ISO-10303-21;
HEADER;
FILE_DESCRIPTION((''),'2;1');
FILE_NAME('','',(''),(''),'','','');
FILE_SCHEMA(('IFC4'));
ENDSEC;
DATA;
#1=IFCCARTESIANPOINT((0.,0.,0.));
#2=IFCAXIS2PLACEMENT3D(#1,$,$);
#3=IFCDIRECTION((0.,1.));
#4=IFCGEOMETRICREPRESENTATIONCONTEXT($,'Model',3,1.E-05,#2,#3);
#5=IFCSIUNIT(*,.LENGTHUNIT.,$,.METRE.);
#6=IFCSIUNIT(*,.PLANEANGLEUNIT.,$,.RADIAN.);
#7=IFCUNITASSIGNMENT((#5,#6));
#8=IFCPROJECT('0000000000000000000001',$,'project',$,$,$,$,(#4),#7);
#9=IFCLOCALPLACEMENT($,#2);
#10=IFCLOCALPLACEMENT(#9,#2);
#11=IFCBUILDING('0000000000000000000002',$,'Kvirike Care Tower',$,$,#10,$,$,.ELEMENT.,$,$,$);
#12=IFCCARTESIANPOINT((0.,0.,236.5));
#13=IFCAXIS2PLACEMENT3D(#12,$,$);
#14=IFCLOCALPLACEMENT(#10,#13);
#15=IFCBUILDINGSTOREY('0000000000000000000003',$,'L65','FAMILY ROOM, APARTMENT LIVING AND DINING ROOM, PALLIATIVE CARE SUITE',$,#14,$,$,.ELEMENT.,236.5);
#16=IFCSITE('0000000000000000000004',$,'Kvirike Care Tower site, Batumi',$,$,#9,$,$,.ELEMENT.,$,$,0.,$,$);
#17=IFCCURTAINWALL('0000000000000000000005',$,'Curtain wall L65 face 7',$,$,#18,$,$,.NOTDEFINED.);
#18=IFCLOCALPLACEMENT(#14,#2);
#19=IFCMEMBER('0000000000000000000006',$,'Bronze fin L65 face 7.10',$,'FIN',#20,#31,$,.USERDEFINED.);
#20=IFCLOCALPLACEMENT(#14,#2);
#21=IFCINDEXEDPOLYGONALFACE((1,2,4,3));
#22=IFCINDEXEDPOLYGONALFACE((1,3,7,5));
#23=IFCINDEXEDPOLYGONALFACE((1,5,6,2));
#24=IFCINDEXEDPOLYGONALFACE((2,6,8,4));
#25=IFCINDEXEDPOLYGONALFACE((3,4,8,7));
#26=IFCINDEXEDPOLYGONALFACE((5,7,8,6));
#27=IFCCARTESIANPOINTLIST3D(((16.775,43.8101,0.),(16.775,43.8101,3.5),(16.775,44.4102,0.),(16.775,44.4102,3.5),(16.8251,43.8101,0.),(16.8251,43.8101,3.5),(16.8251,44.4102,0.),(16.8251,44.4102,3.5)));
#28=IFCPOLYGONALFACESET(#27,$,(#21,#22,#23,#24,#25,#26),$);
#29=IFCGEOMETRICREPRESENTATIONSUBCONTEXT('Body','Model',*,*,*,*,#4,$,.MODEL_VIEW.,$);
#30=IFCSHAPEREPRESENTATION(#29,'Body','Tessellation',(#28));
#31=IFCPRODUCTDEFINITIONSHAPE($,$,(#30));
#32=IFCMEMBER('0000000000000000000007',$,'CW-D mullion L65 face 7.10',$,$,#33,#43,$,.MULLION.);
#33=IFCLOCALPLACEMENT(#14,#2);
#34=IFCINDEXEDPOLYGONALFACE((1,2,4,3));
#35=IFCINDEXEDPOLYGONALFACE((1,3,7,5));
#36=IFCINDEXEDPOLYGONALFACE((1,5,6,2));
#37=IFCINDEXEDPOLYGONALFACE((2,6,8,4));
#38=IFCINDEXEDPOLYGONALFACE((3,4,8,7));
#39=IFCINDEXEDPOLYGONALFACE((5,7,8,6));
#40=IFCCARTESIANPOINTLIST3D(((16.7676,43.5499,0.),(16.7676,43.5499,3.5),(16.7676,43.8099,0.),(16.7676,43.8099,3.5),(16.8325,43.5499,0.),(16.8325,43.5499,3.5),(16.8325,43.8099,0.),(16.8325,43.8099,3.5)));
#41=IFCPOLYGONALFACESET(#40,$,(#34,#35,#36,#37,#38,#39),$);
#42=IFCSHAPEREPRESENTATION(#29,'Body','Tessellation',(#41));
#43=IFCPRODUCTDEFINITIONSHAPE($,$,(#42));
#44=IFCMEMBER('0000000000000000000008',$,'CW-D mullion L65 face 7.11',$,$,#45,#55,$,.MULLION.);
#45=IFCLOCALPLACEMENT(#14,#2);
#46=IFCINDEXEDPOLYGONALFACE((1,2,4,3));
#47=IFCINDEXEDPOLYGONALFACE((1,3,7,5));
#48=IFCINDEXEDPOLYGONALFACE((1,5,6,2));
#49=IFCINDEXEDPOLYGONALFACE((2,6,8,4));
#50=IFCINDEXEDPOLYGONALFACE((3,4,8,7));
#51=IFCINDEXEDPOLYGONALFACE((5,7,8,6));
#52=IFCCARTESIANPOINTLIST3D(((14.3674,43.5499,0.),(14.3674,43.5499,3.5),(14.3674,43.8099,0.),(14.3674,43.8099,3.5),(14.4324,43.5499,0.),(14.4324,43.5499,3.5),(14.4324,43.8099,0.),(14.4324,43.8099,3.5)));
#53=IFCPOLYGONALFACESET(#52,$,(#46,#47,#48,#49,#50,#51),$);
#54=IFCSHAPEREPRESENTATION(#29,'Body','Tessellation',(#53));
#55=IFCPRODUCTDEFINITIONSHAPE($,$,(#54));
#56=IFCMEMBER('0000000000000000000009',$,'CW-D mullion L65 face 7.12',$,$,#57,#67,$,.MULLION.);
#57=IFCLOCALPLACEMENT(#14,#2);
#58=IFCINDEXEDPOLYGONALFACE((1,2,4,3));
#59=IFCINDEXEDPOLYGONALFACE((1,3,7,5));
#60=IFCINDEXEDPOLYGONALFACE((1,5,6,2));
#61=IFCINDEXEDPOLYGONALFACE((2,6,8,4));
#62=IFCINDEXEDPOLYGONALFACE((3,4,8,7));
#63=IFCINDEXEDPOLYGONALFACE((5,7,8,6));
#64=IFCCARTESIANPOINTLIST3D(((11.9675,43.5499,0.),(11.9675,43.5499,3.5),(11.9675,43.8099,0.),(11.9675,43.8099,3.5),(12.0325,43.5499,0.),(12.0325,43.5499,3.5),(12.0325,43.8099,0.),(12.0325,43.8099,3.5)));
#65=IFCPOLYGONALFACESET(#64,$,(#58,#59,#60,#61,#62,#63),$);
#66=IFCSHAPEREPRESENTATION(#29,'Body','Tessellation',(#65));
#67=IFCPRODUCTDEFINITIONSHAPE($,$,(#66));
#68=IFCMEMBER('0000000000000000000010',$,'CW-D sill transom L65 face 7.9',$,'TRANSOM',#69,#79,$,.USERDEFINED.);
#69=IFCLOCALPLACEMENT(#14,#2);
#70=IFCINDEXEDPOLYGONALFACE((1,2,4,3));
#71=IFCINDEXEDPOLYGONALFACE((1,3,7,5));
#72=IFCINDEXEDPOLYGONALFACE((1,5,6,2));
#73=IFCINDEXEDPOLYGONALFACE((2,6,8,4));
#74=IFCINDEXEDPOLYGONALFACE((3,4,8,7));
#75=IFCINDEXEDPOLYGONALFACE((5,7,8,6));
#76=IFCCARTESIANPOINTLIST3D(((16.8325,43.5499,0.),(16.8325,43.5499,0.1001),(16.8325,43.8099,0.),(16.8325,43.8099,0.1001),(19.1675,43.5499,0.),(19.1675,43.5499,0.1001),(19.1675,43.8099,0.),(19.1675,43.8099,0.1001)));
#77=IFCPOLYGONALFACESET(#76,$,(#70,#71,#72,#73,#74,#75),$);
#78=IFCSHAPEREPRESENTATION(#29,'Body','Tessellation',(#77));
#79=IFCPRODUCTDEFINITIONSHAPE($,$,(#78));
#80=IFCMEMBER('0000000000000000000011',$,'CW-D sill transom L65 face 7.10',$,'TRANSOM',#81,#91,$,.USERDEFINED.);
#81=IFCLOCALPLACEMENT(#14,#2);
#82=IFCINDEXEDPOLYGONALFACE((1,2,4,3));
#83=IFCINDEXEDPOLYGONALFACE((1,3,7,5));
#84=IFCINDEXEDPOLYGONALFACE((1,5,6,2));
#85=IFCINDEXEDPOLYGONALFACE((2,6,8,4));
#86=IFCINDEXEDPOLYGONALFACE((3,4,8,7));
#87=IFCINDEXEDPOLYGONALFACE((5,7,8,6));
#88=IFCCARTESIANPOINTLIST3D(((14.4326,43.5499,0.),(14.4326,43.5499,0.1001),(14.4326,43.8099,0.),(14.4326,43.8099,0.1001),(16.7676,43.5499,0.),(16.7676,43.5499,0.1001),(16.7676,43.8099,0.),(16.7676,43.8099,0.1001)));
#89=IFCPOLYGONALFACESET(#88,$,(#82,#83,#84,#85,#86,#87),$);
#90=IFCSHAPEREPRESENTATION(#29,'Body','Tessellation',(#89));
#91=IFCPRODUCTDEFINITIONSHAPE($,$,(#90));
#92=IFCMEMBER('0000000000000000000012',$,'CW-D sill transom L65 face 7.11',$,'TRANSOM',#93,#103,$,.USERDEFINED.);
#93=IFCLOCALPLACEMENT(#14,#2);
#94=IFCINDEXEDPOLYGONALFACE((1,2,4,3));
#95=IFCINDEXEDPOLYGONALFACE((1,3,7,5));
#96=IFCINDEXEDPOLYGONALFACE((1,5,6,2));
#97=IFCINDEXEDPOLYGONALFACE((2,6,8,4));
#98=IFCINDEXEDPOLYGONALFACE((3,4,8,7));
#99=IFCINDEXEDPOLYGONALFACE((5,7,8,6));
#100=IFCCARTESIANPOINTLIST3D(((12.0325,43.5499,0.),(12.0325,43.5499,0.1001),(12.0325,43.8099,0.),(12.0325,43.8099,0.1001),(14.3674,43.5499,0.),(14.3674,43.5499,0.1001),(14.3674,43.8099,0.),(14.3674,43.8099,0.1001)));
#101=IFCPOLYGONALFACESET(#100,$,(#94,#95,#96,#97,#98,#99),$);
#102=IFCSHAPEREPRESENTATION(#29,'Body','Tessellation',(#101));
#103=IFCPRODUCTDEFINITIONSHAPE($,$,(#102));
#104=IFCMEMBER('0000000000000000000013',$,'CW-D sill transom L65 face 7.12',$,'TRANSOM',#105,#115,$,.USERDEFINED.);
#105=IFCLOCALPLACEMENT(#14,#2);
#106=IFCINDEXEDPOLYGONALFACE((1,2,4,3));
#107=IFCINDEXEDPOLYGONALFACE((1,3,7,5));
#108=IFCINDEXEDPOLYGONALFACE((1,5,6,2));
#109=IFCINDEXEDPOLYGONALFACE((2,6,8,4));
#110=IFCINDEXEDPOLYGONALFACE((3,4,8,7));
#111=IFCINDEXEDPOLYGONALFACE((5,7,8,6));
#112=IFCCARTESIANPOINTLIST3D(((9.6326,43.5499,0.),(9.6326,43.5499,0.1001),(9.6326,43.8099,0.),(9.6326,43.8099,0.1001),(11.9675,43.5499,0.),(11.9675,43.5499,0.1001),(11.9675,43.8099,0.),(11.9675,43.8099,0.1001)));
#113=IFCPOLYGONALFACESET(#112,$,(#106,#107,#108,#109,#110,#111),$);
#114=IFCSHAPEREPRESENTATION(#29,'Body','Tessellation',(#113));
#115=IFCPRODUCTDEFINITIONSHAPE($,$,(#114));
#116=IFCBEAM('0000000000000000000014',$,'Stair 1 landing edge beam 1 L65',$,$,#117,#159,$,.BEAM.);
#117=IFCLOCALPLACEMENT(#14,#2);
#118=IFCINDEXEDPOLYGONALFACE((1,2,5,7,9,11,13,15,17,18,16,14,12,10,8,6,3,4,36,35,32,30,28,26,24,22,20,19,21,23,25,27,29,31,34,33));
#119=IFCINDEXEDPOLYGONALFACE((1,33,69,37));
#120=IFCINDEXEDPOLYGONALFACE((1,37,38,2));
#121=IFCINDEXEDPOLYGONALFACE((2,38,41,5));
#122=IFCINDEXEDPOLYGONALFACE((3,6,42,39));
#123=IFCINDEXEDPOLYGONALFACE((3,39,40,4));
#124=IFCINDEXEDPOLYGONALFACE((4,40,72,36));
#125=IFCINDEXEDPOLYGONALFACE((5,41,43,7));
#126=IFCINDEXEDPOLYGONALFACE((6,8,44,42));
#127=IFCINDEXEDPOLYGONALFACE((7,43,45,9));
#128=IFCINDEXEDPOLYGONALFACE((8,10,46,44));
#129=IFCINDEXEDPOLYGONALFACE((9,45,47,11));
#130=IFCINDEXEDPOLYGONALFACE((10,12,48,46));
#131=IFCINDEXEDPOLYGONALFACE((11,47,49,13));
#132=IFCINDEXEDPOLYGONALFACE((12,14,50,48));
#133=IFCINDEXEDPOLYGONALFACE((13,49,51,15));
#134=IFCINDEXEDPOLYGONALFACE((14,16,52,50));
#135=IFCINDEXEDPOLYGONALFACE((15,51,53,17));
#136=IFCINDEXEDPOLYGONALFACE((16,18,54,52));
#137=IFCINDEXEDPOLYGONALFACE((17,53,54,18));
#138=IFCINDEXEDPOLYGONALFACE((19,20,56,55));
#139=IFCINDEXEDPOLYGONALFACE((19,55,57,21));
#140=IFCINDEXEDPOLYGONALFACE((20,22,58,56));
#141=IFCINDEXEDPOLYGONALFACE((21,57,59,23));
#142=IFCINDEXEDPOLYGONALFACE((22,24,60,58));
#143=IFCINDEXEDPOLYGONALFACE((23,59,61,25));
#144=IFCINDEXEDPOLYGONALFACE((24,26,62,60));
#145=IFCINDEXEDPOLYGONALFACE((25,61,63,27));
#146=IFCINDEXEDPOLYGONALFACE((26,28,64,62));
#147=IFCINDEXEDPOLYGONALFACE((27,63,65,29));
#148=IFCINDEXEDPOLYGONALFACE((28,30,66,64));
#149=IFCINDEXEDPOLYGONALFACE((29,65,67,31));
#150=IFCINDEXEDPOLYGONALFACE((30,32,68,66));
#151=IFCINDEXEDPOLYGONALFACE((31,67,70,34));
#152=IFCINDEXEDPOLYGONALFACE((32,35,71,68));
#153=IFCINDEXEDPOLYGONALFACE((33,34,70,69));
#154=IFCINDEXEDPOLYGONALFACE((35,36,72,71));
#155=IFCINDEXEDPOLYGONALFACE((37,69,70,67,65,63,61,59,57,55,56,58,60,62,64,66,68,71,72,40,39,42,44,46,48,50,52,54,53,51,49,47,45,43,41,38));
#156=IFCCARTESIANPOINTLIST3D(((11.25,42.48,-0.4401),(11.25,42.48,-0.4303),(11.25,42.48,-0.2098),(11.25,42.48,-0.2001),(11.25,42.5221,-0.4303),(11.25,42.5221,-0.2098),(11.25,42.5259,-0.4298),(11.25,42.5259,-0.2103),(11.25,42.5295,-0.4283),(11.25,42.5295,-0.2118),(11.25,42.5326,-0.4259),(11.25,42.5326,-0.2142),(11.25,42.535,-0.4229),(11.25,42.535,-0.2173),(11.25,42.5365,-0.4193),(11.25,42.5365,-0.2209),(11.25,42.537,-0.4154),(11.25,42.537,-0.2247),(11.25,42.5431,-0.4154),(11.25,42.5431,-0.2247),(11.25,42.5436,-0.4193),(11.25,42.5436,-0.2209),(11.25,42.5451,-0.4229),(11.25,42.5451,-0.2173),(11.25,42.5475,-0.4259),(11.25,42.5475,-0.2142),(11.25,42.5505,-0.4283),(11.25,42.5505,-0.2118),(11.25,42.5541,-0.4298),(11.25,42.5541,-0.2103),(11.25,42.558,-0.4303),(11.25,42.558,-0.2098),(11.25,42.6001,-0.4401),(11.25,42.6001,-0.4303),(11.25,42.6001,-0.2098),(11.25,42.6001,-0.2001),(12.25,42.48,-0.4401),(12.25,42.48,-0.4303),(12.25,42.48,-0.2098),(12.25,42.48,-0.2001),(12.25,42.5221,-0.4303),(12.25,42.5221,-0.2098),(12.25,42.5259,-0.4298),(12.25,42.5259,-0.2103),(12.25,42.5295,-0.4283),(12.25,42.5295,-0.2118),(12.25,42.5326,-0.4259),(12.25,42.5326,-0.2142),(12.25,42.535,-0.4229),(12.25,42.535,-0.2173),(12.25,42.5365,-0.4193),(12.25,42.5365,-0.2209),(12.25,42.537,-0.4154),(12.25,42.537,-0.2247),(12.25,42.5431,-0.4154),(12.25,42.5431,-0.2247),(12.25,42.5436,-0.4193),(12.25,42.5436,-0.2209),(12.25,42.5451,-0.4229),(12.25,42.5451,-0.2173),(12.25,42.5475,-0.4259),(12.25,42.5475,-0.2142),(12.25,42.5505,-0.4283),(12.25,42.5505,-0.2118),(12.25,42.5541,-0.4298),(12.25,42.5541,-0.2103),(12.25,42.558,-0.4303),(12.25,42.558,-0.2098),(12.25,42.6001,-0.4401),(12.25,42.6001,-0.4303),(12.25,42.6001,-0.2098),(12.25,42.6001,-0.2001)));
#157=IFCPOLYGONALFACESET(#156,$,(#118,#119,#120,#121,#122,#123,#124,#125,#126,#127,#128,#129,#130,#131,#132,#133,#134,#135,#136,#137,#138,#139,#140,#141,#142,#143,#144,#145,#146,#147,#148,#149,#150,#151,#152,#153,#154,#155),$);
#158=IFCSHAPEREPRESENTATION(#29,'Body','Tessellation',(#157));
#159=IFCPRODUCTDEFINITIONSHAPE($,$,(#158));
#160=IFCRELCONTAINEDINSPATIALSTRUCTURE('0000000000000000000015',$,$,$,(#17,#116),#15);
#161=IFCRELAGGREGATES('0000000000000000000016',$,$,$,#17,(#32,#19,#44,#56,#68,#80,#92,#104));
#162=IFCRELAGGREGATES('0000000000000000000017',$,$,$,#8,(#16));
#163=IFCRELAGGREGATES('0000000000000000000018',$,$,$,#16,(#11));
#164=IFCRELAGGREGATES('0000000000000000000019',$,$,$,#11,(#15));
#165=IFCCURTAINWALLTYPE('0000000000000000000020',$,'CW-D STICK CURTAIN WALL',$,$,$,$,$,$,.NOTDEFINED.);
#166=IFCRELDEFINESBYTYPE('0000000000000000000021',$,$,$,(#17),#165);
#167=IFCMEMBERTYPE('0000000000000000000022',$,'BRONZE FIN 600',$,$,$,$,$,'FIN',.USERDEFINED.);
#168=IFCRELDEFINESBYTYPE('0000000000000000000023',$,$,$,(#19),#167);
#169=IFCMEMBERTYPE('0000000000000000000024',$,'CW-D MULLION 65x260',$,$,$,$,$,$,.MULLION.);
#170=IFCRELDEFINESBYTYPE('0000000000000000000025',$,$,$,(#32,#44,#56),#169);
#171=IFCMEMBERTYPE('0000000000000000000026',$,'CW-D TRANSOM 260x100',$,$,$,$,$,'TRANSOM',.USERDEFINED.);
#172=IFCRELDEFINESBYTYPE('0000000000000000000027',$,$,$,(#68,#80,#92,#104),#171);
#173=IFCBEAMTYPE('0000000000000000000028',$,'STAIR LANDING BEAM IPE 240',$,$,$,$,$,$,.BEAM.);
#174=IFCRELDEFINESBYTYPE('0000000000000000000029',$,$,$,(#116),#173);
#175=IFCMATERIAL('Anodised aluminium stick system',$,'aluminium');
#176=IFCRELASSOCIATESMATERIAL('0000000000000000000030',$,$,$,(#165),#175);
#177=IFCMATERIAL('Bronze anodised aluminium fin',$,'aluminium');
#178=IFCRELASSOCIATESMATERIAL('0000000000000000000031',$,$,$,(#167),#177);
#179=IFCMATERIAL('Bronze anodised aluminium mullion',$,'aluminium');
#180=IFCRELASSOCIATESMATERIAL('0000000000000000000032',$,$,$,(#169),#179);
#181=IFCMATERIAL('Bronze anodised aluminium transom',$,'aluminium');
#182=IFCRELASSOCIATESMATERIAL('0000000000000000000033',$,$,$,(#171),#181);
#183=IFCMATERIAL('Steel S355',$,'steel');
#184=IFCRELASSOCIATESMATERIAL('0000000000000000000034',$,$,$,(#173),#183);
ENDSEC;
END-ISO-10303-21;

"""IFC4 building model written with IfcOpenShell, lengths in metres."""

from ifc_helpers import new_model, si_unit, direction, frame, origin, origin_2d, place, context, subcontext, project, spatial, rectangle, i_section, extrude, material, material_profile, profile_set, type_object, element, aggregate, save


model = new_model("IFC4")

# Units and contexts
model_context = context("Model", 3, precision=1e-05, world=origin(), true_north=direction((0.0, 1.0)))
body_context = subcontext(model_context, "Body", "Model", "MODEL_VIEW")
ifc_project = project(units=[si_unit("LENGTHUNIT", "METRE"), si_unit("PLANEANGLEUNIT", "RADIAN")], contexts=[model_context])

# Site, building, storey
site_placement = place(None, origin())
site = spatial("IfcSite", under=ifc_project, at=site_placement, Name="Kvirike Care Tower site, Batumi", CompositionType="ELEMENT", RefElevation=0.0)
building_placement = place(site_placement, origin())
building = spatial("IfcBuilding", under=site, at=building_placement, Name="Kvirike Care Tower", CompositionType="ELEMENT")
storey_placement = place(building_placement, frame((0.0, 0.0, 236.5)))
storey = spatial("IfcBuildingStorey", under=building, at=storey_placement, Name="L65", Description="FAMILY ROOM, APARTMENT LIVING AND DINING ROOM, PALLIATIVE CARE SUITE", CompositionType="ELEMENT", Elevation=236.5)

# Curtain wall, members
ifc_material_1 = material(Name="Anodised aluminium stick system", Category="aluminium")
curtain_wall_type = type_object("IfcCurtainWallType", Name="CW-D STICK CURTAIN WALL", PredefinedType="NOTDEFINED", material=ifc_material_1)
curtain_wall_placement = place(storey_placement, origin())
curtain_wall = element("IfcCurtainWall", 1, at=curtain_wall_placement, inside=storey, type_object=curtain_wall_type, Name="Curtain wall L65 face 7", PredefinedType="NOTDEFINED")
ifc_material_2 = material(Name="Bronze anodised aluminium fin", Category="aluminium")
ifc_material_profile_1 = material_profile(ifc_material_2, rectangle(XDim=0.05, YDim=0.6001, at=origin_2d()), Name="BRONZE FIN 600")
ifc_profile_set_1 = profile_set([ifc_material_profile_1], Name="Bronze anodised aluminium fin")
member_type_1 = type_object("IfcMemberType", Name="BRONZE FIN 600", ElementType="FIN", PredefinedType="USERDEFINED", material=ifc_profile_set_1)
member_1_placement = place(storey_placement, frame((16.8, 44.1101, 0.0), z_axis=(0.0, 0.0, 1.0), x_axis=(-1.0, 0.0, 0.0)))
member_1 = element("IfcMember", 2, at=member_1_placement, type_object=member_type_1, Name="Bronze fin L65 face 7.10", ObjectType="FIN", PredefinedType="USERDEFINED", context=body_context, shape_type="SweptSolid", body=[
    extrude(rectangle(XDim=0.05, YDim=0.6001, at=origin_2d()), origin(), (0.0, 0.0, 1.0), 3.5),
])
ifc_material_3 = material(Name="Bronze anodised aluminium mullion", Category="aluminium")
ifc_material_profile_2 = material_profile(ifc_material_3, rectangle(XDim=0.0649, YDim=0.26, at=origin_2d()), Name="CW-D MULLION 65x260")
ifc_profile_set_2 = profile_set([ifc_material_profile_2], Name="Bronze anodised aluminium mullion")
member_type_2 = type_object("IfcMemberType", Name="CW-D MULLION 65x260", PredefinedType="MULLION", material=ifc_profile_set_2)
member_2_placement = place(storey_placement, frame((16.8, 43.6799, 0.0), z_axis=(0.0, 0.0, 1.0), x_axis=(-1.0, 0.0, 0.0)))
member_2 = element("IfcMember", 3, at=member_2_placement, type_object=member_type_2, Name="CW-D mullion L65 face 7.10", PredefinedType="MULLION", context=body_context, shape_type="SweptSolid", body=[
    extrude(rectangle(XDim=0.0649, YDim=0.26, at=origin_2d()), origin(), (0.0, 0.0, 1.0), 3.5),
])
member_3_placement = place(storey_placement, frame((14.3999, 43.6799, 0.0), z_axis=(0.0, 0.0, 1.0), x_axis=(-1.0, 0.0, 0.0)))
member_3 = element("IfcMember", 4, at=member_3_placement, type_object=member_type_2, Name="CW-D mullion L65 face 7.11", PredefinedType="MULLION", context=body_context, shape_type="SweptSolid", body=[
    extrude(rectangle(XDim=0.0649, YDim=0.26, at=origin_2d()), origin(), (0.0, 0.0, 1.0), 3.5),
])
member_4_placement = place(storey_placement, frame((12.0, 43.6799, 0.0), z_axis=(0.0, 0.0, 1.0), x_axis=(-1.0, 0.0, 0.0)))
member_4 = element("IfcMember", 5, at=member_4_placement, type_object=member_type_2, Name="CW-D mullion L65 face 7.12", PredefinedType="MULLION", context=body_context, shape_type="SweptSolid", body=[
    extrude(rectangle(XDim=0.0649, YDim=0.26, at=origin_2d()), origin(), (0.0, 0.0, 1.0), 3.5),
])
ifc_material_4 = material(Name="Bronze anodised aluminium transom", Category="aluminium")
ifc_material_profile_3 = material_profile(ifc_material_4, rectangle(XDim=0.26, YDim=0.1001, at=origin_2d()), Name="CW-D TRANSOM 260x100")
ifc_profile_set_3 = profile_set([ifc_material_profile_3], Name="Bronze anodised aluminium transom")
member_type_3 = type_object("IfcMemberType", Name="CW-D TRANSOM 260x100", ElementType="TRANSOM", PredefinedType="USERDEFINED", material=ifc_profile_set_3)
member_5_placement = place(storey_placement, frame((19.1675, 43.6799, 0.05), z_axis=(-1.0, 0.0, 0.0), x_axis=(0.0, -1.0, 0.0)))
member_5 = element("IfcMember", 6, at=member_5_placement, type_object=member_type_3, Name="CW-D sill transom L65 face 7.9", ObjectType="TRANSOM", PredefinedType="USERDEFINED", context=body_context, shape_type="SweptSolid", body=[
    extrude(rectangle(XDim=0.26, YDim=0.1001, at=origin_2d()), origin(), (0.0, 0.0, 1.0), 2.335),
])
member_6_placement = place(storey_placement, frame((16.7676, 43.6799, 0.05), z_axis=(-1.0, 0.0, 0.0), x_axis=(0.0, -1.0, 0.0)))
member_6 = element("IfcMember", 7, at=member_6_placement, type_object=member_type_3, Name="CW-D sill transom L65 face 7.10", ObjectType="TRANSOM", PredefinedType="USERDEFINED", context=body_context, shape_type="SweptSolid", body=[
    extrude(rectangle(XDim=0.26, YDim=0.1001, at=origin_2d()), origin(), (0.0, 0.0, 1.0), 2.335),
])
member_7_placement = place(storey_placement, frame((14.3674, 43.6799, 0.05), z_axis=(-1.0, 0.0, 0.0), x_axis=(0.0, -1.0, 0.0)))
member_7 = element("IfcMember", 8, at=member_7_placement, type_object=member_type_3, Name="CW-D sill transom L65 face 7.11", ObjectType="TRANSOM", PredefinedType="USERDEFINED", context=body_context, shape_type="SweptSolid", body=[
    extrude(rectangle(XDim=0.26, YDim=0.1001, at=origin_2d()), origin(), (0.0, 0.0, 1.0), 2.335),
])
member_8_placement = place(storey_placement, frame((11.9675, 43.6799, 0.05), z_axis=(-1.0, 0.0, 0.0), x_axis=(0.0, -1.0, 0.0)))
member_8 = element("IfcMember", 9, at=member_8_placement, type_object=member_type_3, Name="CW-D sill transom L65 face 7.12", ObjectType="TRANSOM", PredefinedType="USERDEFINED", context=body_context, shape_type="SweptSolid", body=[
    extrude(rectangle(XDim=0.26, YDim=0.1001, at=origin_2d()), origin(), (0.0, 0.0, 1.0), 2.335),
])

# Beam
ifc_material_5 = material(Name="Steel S355", Category="steel")
ifc_material_profile_4 = material_profile(ifc_material_5, i_section(OverallWidth=0.1201, OverallDepth=0.24, WebThickness=0.0061, FlangeThickness=0.0098, FilletRadius=0.0149, at=origin_2d()), Name="IPE 240")
ifc_profile_set_4 = profile_set([ifc_material_profile_4], Name="Steel S355")
beam_type_1 = type_object("IfcBeamType", Name="STAIR LANDING BEAM IPE 240", PredefinedType="BEAM", material=ifc_profile_set_4)
for number, where, z_axis, x_axis, name in (
    (10, (11.25, 42.54, -0.3201), (1.0, 0.0, 0.0), (0.0, 1.0, 0.0), "Stair 1 landing edge beam 1 L65"),
):
    element("IfcBeam", number, at=place(storey_placement, frame(where, z_axis=z_axis, x_axis=x_axis)), inside=storey, type_object=beam_type_1, Name=name, PredefinedType="BEAM", context=body_context, shape_type="SweptSolid", body=[
        extrude(i_section(OverallWidth=0.1201, OverallDepth=0.24, WebThickness=0.0061, FlangeThickness=0.0098, FilletRadius=0.0149, at=origin_2d()), origin(), (0.0, 0.0, 1.0), 1.0),
    ])

aggregate(curtain_wall, [member_2, member_1, member_3, member_4, member_5, member_6, member_7, member_8])

save(model, "model.ifc")
